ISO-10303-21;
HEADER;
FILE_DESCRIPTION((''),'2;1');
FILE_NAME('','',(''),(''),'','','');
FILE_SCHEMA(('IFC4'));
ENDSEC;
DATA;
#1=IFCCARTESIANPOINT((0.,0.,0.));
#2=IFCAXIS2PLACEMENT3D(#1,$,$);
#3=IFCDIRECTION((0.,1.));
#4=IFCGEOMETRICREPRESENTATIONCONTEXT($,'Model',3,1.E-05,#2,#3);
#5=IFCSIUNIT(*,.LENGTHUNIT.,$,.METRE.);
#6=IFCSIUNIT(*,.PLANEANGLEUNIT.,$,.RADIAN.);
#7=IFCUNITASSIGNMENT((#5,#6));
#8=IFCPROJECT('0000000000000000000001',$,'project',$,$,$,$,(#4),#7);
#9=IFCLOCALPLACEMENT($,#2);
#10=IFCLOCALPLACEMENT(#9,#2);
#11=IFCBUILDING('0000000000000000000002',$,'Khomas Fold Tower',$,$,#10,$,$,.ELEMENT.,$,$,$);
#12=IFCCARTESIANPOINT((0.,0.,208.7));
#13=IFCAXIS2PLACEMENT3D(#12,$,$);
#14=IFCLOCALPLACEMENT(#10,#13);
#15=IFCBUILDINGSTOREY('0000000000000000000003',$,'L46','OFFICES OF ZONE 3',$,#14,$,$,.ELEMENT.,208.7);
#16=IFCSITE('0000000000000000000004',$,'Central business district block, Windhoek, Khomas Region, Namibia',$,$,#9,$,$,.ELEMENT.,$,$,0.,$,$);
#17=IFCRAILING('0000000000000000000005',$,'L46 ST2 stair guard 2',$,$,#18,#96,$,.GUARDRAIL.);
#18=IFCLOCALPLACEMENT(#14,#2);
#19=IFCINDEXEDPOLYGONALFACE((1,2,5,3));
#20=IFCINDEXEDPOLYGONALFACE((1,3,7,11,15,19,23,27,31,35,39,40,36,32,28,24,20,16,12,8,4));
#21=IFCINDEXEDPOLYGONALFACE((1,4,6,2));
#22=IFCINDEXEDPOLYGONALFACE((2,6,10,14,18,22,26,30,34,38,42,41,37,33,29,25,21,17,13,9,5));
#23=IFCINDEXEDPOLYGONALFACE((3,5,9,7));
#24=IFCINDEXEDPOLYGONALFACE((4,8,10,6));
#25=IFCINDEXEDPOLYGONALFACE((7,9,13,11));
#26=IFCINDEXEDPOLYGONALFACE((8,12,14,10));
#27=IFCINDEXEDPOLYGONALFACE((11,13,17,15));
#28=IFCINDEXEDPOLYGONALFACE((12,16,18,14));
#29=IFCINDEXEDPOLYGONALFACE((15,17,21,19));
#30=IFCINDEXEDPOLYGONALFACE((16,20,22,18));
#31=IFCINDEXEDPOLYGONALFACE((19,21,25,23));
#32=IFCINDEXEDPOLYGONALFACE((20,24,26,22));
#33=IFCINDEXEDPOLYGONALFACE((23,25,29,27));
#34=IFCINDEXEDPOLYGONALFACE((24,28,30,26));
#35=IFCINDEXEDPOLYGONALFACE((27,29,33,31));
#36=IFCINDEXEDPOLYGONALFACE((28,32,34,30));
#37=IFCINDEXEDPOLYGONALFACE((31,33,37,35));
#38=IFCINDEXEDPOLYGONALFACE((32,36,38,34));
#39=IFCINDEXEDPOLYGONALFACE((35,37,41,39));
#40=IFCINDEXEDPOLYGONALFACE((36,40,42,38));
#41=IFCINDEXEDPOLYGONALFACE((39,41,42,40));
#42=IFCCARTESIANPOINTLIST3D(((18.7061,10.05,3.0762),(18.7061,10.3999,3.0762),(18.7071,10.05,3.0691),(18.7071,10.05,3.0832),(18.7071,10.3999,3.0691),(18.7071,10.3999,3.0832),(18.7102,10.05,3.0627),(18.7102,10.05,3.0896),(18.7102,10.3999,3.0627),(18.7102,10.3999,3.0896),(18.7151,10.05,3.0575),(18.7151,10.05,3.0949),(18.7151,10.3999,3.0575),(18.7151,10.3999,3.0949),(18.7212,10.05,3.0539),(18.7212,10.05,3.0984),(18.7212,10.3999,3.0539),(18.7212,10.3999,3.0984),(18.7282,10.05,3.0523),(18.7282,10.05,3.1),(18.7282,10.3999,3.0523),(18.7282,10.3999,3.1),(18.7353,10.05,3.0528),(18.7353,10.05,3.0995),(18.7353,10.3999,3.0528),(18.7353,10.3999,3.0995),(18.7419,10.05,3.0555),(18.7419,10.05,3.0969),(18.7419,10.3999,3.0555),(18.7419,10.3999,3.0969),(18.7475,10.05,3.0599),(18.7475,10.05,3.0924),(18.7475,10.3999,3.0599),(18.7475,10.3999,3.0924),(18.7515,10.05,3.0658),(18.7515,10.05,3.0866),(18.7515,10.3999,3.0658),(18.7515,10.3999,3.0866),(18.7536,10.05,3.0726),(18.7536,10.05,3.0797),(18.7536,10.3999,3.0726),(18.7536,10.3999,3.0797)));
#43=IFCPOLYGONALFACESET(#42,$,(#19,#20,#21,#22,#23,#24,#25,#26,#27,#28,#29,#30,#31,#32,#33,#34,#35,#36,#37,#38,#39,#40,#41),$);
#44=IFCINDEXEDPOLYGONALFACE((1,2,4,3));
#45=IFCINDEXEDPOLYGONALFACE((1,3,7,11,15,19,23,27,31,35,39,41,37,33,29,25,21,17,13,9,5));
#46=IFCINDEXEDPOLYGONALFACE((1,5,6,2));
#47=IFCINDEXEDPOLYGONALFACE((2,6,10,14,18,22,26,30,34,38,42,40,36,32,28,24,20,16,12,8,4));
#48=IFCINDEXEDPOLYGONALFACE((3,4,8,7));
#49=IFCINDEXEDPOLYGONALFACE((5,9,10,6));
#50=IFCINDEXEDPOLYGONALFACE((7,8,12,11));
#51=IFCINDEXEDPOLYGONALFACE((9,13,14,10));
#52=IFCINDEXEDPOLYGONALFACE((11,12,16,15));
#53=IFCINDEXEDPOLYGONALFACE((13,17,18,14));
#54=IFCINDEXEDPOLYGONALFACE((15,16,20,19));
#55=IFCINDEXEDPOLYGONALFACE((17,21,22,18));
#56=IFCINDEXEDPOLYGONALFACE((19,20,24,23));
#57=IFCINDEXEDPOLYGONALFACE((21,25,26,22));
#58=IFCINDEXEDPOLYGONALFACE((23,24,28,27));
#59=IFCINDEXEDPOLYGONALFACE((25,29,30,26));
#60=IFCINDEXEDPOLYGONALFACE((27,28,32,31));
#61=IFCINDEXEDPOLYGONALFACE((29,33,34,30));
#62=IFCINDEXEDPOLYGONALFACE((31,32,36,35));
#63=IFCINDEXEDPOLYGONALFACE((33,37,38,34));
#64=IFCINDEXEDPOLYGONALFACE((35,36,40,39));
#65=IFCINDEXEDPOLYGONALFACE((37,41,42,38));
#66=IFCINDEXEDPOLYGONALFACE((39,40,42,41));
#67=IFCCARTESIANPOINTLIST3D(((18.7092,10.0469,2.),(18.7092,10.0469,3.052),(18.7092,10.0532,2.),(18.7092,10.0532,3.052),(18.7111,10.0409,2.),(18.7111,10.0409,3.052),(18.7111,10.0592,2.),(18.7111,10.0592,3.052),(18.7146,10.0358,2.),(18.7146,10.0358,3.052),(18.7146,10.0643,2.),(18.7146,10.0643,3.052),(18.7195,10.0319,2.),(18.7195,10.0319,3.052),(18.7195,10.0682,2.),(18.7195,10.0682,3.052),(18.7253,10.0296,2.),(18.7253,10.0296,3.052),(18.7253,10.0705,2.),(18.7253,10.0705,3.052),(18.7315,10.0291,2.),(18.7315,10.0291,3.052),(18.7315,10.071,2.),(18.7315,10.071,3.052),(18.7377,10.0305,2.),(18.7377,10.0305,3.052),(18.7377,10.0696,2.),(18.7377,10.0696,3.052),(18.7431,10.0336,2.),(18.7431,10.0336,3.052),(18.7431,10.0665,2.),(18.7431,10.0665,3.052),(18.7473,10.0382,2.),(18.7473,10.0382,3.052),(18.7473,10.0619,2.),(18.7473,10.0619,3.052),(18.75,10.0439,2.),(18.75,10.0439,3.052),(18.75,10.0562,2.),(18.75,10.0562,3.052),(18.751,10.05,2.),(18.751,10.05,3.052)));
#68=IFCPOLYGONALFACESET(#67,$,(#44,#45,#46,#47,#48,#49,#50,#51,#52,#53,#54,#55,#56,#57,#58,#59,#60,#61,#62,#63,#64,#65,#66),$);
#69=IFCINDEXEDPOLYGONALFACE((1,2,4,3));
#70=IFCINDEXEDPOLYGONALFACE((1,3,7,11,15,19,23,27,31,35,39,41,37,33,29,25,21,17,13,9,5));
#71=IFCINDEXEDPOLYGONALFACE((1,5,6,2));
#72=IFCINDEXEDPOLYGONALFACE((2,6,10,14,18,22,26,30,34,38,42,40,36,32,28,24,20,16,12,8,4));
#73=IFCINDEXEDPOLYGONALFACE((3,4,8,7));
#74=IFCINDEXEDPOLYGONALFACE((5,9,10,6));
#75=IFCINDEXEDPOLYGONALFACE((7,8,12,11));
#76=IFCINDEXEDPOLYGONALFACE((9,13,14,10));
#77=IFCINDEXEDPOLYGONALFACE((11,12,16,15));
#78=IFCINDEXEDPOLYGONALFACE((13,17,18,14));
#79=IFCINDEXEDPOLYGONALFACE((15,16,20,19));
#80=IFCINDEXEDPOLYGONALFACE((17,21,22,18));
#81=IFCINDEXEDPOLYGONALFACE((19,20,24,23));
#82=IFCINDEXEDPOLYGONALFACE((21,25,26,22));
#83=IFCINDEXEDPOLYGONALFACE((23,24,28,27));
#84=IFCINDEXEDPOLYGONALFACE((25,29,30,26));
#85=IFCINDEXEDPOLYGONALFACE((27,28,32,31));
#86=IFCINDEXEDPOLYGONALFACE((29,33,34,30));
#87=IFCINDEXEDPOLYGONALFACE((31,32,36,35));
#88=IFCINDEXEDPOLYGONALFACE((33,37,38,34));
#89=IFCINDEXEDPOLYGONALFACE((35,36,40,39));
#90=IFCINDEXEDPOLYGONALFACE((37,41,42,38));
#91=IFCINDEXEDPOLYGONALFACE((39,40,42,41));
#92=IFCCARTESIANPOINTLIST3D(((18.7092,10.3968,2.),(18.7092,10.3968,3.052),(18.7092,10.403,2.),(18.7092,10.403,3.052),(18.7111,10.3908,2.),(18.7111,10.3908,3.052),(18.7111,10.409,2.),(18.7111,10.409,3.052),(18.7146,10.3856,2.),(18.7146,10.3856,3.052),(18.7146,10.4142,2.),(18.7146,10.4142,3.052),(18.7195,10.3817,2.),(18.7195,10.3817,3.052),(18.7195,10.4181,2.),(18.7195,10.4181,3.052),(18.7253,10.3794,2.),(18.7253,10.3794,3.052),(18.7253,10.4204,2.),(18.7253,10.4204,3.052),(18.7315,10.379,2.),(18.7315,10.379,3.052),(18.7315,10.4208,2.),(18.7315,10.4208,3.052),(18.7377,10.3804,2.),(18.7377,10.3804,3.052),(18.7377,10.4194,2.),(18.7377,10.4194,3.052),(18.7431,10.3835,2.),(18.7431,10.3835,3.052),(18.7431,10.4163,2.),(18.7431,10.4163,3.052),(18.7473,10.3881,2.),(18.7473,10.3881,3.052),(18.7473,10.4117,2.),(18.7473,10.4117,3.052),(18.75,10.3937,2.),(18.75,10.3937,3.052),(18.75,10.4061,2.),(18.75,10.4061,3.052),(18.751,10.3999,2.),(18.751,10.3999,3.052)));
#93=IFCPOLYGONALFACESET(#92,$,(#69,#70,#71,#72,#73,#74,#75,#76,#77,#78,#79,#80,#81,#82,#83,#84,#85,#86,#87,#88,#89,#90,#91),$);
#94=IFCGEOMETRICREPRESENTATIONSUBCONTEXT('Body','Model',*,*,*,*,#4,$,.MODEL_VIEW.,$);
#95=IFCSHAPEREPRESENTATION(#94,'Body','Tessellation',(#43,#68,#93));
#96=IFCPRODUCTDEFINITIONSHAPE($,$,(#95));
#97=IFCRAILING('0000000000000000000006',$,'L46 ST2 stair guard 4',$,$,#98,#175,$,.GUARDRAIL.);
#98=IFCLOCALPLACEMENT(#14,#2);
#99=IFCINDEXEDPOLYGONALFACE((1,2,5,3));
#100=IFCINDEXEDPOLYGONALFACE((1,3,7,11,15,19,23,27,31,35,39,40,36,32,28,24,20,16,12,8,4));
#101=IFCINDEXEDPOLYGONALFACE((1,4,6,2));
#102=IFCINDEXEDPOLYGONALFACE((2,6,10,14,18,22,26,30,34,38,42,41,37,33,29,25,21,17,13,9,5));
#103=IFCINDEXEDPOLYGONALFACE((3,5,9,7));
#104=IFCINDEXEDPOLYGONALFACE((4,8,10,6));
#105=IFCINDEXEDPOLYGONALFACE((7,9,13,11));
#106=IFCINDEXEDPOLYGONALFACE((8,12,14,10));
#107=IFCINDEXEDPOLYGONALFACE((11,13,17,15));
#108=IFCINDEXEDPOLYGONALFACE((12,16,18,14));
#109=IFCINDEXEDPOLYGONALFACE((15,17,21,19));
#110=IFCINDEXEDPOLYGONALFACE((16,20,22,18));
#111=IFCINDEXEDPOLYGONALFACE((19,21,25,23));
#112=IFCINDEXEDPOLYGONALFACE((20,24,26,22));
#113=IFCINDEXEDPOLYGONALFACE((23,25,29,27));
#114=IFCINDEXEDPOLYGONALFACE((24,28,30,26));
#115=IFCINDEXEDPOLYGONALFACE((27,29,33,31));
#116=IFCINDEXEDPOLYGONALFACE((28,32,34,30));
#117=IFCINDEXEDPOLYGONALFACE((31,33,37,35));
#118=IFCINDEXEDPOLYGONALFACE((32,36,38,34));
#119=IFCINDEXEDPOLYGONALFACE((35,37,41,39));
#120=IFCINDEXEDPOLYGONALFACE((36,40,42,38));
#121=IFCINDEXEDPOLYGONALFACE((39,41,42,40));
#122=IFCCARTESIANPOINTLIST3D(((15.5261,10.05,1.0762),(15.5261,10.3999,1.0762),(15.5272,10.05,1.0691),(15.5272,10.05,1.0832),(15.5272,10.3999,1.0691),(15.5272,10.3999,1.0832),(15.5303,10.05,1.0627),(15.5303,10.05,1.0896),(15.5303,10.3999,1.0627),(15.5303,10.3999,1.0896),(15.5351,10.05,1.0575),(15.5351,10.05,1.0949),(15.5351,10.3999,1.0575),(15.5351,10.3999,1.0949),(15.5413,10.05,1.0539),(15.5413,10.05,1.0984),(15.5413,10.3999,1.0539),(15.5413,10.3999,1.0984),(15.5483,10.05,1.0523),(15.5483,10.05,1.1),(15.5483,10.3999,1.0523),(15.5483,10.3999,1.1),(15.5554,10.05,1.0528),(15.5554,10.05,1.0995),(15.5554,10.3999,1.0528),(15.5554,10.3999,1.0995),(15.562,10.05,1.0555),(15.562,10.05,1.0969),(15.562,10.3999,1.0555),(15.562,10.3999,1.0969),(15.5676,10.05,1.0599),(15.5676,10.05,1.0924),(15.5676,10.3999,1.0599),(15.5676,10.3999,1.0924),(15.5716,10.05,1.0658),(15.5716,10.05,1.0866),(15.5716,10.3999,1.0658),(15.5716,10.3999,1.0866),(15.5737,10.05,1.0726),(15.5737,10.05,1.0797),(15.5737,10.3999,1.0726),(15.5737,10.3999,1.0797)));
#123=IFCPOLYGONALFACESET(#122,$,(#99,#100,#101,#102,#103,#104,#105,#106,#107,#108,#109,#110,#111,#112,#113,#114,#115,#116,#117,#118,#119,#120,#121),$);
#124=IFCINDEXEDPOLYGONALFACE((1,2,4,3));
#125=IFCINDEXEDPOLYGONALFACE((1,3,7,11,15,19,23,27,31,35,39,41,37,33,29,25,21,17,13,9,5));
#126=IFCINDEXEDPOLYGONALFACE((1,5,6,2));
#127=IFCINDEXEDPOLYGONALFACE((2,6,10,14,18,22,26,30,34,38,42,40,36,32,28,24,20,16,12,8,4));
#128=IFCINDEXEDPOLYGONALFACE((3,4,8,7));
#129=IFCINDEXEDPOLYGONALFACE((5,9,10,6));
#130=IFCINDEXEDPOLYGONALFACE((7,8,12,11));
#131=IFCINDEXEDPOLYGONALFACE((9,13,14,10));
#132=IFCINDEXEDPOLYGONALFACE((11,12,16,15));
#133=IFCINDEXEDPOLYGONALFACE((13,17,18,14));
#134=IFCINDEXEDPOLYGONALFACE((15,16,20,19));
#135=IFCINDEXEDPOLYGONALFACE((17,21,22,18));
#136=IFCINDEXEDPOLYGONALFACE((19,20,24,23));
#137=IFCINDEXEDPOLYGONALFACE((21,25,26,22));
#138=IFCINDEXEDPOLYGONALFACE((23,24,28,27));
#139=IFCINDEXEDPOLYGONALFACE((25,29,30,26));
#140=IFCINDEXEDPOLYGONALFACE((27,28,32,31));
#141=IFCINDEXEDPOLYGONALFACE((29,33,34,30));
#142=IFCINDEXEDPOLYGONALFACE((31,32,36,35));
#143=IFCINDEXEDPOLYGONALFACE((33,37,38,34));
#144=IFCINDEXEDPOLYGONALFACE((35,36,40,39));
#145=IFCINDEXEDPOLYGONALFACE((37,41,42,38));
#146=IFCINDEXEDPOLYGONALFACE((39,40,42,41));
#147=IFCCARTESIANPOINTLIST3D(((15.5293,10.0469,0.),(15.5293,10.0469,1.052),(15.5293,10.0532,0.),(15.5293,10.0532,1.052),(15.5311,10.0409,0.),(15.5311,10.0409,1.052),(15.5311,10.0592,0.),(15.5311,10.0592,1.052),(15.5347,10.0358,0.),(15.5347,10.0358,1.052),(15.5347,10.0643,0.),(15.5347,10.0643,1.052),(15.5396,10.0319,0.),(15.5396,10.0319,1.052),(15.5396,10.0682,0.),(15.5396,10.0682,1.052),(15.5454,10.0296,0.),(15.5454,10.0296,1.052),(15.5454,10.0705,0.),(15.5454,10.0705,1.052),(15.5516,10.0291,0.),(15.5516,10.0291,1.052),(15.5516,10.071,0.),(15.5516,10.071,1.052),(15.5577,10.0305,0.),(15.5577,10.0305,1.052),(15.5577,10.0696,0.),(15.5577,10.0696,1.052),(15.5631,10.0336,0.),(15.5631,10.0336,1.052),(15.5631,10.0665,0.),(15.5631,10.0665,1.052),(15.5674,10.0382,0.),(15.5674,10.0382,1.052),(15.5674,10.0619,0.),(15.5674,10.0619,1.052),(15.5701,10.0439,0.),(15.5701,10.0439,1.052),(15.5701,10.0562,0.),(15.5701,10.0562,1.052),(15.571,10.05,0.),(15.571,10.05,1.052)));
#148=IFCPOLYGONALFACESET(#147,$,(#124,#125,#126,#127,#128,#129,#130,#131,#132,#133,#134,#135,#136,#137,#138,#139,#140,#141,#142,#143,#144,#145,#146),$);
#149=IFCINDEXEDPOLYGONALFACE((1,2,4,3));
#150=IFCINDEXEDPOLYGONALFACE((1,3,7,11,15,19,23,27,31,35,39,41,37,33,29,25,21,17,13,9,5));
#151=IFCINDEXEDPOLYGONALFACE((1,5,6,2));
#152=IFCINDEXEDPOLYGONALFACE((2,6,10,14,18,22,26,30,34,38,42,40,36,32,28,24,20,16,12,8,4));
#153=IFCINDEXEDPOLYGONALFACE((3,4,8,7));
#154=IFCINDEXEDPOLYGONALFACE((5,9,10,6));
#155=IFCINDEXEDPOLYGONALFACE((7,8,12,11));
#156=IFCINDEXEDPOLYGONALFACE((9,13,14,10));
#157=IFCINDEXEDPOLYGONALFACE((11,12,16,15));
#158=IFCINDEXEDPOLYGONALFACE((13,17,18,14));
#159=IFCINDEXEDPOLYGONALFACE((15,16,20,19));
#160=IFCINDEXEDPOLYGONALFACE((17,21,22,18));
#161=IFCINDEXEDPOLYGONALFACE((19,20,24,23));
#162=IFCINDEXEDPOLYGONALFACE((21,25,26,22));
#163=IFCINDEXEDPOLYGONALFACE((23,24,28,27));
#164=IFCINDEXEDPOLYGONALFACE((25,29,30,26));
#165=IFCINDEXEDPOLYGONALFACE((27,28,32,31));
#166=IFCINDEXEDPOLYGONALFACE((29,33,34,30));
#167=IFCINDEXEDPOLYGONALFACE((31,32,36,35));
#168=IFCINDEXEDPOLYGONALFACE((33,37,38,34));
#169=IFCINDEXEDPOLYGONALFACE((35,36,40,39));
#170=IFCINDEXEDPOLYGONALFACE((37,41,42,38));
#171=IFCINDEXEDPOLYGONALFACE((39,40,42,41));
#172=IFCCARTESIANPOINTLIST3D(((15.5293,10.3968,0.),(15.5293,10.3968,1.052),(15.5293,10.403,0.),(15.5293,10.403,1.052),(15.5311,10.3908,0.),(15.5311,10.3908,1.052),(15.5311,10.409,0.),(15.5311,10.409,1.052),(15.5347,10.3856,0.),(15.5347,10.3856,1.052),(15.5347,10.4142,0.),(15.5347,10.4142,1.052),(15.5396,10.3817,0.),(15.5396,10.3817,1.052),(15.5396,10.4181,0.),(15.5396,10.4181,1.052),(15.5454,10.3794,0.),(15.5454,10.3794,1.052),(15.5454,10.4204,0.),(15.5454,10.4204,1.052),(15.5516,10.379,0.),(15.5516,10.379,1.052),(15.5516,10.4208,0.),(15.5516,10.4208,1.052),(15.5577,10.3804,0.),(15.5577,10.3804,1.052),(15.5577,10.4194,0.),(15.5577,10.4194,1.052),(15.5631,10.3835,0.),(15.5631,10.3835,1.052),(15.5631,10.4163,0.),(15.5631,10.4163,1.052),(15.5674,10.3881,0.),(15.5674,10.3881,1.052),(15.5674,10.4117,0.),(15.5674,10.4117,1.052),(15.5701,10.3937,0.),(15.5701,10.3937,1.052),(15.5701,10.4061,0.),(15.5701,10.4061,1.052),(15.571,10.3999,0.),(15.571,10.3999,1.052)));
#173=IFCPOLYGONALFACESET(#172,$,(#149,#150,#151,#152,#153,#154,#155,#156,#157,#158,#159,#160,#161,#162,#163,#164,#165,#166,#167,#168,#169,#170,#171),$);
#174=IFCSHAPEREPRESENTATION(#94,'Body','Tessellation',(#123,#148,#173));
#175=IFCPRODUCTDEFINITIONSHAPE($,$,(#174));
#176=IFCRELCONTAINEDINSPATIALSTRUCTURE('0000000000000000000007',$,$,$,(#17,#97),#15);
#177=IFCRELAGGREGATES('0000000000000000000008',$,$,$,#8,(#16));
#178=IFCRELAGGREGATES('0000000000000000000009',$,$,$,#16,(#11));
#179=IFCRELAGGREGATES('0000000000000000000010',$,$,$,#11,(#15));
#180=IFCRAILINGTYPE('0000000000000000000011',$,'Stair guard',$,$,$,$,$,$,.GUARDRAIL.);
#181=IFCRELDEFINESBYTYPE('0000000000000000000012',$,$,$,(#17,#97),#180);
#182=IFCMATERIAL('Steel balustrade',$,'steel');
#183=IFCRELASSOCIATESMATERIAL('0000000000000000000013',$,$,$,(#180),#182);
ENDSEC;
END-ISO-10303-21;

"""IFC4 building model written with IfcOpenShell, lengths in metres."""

from ifc_helpers import new_model, si_unit, direction, frame, origin, origin_2d, place, context, subcontext, project, spatial, circle, extrude, source, transform, mapped, material, type_object, element, save


model = new_model("IFC4")

# Units and contexts
model_context = context("Model", 3, precision=1e-05, world=origin(), true_north=direction((0.0, 1.0)))
body_context = subcontext(model_context, "Body", "Model", "MODEL_VIEW")
ifc_project = project(units=[si_unit("LENGTHUNIT", "METRE"), si_unit("PLANEANGLEUNIT", "RADIAN")], contexts=[model_context])

# Site, building, storey
site_placement = place(None, origin())
site = spatial("IfcSite", under=ifc_project, at=site_placement, Name="Central business district block, Windhoek, Khomas Region, Namibia", CompositionType="ELEMENT", RefElevation=0.0)
building_placement = place(site_placement, origin())
building = spatial("IfcBuilding", under=site, at=building_placement, Name="Khomas Fold Tower", CompositionType="ELEMENT")
storey_placement = place(building_placement, frame((0.0, 0.0, 208.7)))
storey = spatial("IfcBuildingStorey", under=building, at=storey_placement, Name="L46", Description="OFFICES OF ZONE 3", CompositionType="ELEMENT", Elevation=208.7)

# Railings
ifc_material_1 = material(Name="Steel balustrade", Category="steel")
railing_type_1 = type_object("IfcRailingType", Name="Stair guard", PredefinedType="GUARDRAIL", material=ifc_material_1)
shared_shape_1 = source(origin(), body_context, "Body", "SweptSolid", [
    extrude(circle(Radius=0.0239, at=origin_2d()), frame((0.0, 0.0, 1.0762), z_axis=(0.0, 1.0, 0.0), x_axis=(-1.0, 0.0, 0.0)), (0.0, 0.0, 1.0), 0.3499),
    extrude(circle(Radius=0.021, at=origin_2d()), origin(), (0.0, 0.0, 1.0), 1.052),
    extrude(circle(Radius=0.021, at=origin_2d()), frame((0.0, 0.3499, 0.0)), (0.0, 0.0, 1.0), 1.052),
])
for number, where, name in (
    (1, (18.73, 10.05, 2.0), "L46 ST2 stair guard 2"),
    (2, (15.55, 10.05, 0.0), "L46 ST2 stair guard 4"),
):
    element("IfcRailing", number, at=place(storey_placement, frame(where)), inside=storey, type_object=railing_type_1, Name=name, PredefinedType="GUARDRAIL", context=body_context, shape_type="MappedRepresentation", body=[
        mapped(shared_shape_1, transform((0.0, 0.0, 0.0))),
    ])

save(model, "model.ifc")
